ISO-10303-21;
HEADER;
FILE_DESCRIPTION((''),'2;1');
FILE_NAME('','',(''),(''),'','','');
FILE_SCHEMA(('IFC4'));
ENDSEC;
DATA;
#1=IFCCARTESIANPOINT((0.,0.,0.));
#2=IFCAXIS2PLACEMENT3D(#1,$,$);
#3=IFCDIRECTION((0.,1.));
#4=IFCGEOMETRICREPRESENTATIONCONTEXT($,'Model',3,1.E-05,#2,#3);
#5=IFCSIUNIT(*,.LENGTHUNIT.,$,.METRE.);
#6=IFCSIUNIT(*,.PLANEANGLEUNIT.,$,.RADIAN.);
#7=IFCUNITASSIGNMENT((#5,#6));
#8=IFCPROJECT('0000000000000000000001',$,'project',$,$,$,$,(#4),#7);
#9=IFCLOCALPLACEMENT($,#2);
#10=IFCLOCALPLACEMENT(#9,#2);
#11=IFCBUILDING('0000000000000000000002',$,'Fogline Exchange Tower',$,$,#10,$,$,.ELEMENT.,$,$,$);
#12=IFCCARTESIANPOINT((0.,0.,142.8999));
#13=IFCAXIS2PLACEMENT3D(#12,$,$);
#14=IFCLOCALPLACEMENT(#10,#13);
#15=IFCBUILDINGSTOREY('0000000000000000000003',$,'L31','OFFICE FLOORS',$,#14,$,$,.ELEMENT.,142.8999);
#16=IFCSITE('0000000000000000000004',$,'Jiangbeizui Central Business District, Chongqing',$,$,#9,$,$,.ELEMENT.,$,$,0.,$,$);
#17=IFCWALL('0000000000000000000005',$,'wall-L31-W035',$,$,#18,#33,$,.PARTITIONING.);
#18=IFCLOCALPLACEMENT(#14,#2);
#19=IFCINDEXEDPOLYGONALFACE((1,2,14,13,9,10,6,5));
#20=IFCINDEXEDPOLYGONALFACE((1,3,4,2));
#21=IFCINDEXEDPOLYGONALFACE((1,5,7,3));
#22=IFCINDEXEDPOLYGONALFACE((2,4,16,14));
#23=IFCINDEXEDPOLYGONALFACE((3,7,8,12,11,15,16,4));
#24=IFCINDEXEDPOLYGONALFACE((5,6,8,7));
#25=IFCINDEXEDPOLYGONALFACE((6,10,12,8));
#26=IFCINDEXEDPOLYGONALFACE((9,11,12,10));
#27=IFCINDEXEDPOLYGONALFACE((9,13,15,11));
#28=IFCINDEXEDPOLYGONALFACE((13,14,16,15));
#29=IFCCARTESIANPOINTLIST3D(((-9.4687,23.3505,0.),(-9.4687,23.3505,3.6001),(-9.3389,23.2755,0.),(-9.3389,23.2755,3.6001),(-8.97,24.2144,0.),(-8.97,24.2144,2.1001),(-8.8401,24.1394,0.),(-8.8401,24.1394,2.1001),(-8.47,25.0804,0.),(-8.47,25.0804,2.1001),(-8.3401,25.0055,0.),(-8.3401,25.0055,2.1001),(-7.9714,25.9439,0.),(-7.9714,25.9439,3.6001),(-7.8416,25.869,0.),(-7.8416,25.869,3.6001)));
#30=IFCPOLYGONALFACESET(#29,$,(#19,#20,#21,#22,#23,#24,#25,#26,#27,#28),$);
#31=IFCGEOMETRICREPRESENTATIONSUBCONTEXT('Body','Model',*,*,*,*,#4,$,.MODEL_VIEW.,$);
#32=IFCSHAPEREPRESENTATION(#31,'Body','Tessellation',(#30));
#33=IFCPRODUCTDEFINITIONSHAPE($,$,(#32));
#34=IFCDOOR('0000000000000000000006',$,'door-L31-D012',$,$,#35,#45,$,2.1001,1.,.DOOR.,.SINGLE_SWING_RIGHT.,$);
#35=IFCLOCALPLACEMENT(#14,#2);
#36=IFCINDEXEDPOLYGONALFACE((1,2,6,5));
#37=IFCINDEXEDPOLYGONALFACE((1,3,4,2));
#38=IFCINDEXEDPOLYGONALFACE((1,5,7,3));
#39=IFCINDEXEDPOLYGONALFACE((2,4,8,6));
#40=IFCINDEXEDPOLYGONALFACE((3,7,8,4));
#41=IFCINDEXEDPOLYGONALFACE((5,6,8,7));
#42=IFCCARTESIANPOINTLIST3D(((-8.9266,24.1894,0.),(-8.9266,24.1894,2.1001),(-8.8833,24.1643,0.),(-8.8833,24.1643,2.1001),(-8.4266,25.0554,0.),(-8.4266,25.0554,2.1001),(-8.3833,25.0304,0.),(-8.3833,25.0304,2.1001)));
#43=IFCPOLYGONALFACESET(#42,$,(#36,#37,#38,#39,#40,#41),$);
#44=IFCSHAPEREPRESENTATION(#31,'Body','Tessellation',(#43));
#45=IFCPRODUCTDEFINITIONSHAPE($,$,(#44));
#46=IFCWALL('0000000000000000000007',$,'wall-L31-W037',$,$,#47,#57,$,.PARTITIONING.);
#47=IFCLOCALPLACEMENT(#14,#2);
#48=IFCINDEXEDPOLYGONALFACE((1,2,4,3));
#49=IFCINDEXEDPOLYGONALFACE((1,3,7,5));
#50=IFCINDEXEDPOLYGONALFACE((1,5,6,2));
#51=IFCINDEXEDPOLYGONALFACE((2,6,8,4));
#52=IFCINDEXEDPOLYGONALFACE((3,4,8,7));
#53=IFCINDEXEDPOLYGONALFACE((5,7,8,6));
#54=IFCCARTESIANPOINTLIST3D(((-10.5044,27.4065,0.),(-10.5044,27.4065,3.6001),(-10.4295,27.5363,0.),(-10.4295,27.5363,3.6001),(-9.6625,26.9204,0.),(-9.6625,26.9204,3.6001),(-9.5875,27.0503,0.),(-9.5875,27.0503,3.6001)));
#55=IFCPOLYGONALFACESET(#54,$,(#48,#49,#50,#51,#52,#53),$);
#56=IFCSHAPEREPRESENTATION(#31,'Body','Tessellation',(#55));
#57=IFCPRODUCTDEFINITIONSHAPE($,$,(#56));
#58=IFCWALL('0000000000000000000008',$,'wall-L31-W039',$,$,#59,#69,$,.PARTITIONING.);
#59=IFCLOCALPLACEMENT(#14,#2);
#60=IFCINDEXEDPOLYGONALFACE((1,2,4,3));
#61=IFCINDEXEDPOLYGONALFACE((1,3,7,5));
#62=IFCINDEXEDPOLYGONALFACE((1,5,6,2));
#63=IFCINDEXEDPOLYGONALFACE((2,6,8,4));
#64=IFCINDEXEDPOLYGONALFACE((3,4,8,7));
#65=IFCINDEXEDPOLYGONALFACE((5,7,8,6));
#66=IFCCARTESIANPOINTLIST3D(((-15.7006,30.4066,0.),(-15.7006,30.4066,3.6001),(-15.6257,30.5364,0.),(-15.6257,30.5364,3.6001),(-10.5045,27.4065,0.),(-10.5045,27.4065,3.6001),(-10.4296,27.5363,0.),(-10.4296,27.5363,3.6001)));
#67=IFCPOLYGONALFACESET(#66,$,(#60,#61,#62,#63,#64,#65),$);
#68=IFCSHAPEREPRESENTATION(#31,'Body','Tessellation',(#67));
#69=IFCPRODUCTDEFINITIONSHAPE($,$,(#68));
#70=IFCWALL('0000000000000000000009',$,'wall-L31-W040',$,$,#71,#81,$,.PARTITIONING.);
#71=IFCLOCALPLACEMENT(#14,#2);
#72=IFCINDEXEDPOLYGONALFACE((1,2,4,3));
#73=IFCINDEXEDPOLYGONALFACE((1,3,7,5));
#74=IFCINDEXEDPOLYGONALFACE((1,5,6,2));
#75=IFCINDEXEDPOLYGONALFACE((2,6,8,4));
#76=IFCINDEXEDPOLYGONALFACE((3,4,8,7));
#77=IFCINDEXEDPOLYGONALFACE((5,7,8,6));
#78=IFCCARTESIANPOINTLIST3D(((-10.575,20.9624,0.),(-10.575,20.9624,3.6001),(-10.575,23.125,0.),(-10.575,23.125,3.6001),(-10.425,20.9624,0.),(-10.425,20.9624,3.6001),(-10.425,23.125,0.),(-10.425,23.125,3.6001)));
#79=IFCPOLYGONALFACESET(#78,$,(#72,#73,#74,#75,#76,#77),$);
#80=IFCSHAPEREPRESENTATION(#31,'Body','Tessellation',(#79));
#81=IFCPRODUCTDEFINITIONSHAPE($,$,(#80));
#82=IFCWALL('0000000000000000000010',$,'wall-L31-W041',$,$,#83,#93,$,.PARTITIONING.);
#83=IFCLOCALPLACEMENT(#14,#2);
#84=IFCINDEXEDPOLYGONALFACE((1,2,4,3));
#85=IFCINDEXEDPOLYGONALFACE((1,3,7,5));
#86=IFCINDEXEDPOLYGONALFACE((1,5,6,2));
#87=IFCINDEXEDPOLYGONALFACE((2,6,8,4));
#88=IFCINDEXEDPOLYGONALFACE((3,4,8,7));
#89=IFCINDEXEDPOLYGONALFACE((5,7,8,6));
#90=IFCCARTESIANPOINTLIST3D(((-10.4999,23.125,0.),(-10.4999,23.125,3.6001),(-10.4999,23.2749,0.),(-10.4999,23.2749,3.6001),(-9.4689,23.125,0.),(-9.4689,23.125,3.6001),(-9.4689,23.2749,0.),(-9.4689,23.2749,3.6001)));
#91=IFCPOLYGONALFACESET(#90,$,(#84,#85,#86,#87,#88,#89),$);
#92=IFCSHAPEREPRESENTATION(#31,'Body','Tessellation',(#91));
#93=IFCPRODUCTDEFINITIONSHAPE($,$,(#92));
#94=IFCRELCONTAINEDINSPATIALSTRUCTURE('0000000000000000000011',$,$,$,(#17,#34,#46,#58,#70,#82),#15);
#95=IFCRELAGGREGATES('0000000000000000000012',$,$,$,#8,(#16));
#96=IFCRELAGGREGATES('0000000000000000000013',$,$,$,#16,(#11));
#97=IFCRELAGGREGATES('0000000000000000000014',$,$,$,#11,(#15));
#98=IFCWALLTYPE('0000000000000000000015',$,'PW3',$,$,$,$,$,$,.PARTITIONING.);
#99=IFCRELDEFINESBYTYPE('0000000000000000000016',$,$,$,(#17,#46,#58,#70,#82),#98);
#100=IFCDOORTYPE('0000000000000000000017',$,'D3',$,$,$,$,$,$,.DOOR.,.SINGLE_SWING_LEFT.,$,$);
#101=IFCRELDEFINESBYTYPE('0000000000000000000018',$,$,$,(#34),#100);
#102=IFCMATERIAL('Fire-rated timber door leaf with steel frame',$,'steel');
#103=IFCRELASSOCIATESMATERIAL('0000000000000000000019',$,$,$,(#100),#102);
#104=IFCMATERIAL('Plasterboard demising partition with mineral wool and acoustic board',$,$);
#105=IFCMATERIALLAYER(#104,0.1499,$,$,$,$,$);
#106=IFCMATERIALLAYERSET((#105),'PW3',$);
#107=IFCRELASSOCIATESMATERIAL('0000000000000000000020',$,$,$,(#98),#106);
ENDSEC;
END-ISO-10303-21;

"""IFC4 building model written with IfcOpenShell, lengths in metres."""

from ifc_helpers import new_model, si_unit, direction, frame, frame_2d, origin, place, context, subcontext, project, spatial, rectangle, extrude, material, layer, layer_set, type_object, element, fill, save


model = new_model("IFC4")

# Units and contexts
model_context = context("Model", 3, precision=1e-05, world=origin(), true_north=direction((0.0, 1.0)))
body_context = subcontext(model_context, "Body", "Model", "MODEL_VIEW")
ifc_project = project(units=[si_unit("LENGTHUNIT", "METRE"), si_unit("PLANEANGLEUNIT", "RADIAN")], contexts=[model_context])

# Site, building, storey
site_placement = place(None, origin())
site = spatial("IfcSite", under=ifc_project, at=site_placement, Name="Jiangbeizui Central Business District, Chongqing", CompositionType="ELEMENT", RefElevation=0.0)
building_placement = place(site_placement, origin())
building = spatial("IfcBuilding", under=site, at=building_placement, Name="Fogline Exchange Tower", CompositionType="ELEMENT")
storey_placement = place(building_placement, frame((0.0, 0.0, 142.8999)))
storey = spatial("IfcBuildingStorey", under=building, at=storey_placement, Name="L31", Description="OFFICE FLOORS", CompositionType="ELEMENT", Elevation=142.8999)

# Wall, opening, door
ifc_material_1 = material(Name="Fire-rated timber door leaf with steel frame", Category="steel")
door_type = type_object("IfcDoorType", Name="D3", OperationType="SINGLE_SWING_LEFT", PredefinedType="DOOR", material=ifc_material_1)
ifc_material_2 = material(Name="Plasterboard demising partition with mineral wool and acoustic board")
ifc_layer_1 = layer(ifc_material_2, 0.1499)
ifc_layer_set_1 = layer_set([ifc_layer_1], Name="PW3")
wall_type_1 = type_object("IfcWallType", Name="PW3", PredefinedType="PARTITIONING", material=ifc_layer_set_1)
wall_1_placement = place(storey_placement, frame((-9.4038, 23.313, 0.0), z_axis=(0.0, 0.0, 1.0), x_axis=(0.499988, 0.866032, 0.0)))
wall_1 = element("IfcWall", 1, at=wall_1_placement, inside=storey, type_object=wall_type_1, Name="wall-L31-W035", PredefinedType="PARTITIONING", context=body_context, shape_type="SweptSolid", body=[
    extrude(rectangle(XDim=2.9946, YDim=0.1499, at=frame_2d((1.4973, 0.0))), origin(), (0.0, 0.0, 1.0), 3.6001),
])
opening_1_placement = place(wall_1_placement, frame((0.9976, 0.0, 0.0)))
opening_1 = element("IfcOpeningElement", 2, at=opening_1_placement, cuts=wall_1, PredefinedType="OPENING", context=body_context, shape_type="SweptSolid", body=[
    extrude(rectangle(XDim=1.0, YDim=2.1001, at=frame_2d((0.5, 1.05))), frame((0.0, 0.085, 0.0), z_axis=(0.0, -1.0, 0.0), x_axis=(1.0, 0.0, 0.0)), (0.0, 0.0, 1.0), 0.1699),
])
door_1_placement = place(opening_1_placement, origin())
door_1 = element("IfcDoor", 3, at=door_1_placement, inside=storey, type_object=door_type, Name="door-L31-D012", OperationType="SINGLE_SWING_RIGHT", OverallHeight=2.1001, OverallWidth=1.0, PredefinedType="DOOR", context=body_context, shape_type="SweptSolid", body=[
    extrude(rectangle(XDim=1.0, YDim=2.1001, at=frame_2d((0.5, 1.05))), frame((0.0, 0.0249, 0.0), z_axis=(0.0, -1.0, 0.0), x_axis=(1.0, 0.0, 0.0)), (0.0, 0.0, 1.0), 0.05),
])
fill(opening_1, door_1)

# Walls
wall_2_placement = place(storey_placement, frame((-9.625, 26.9854, 0.0), z_axis=(0.0, 0.0, 1.0), x_axis=(-0.866056, 0.499947, 0.0)))
element("IfcWall", 4, at=wall_2_placement, inside=storey, type_object=wall_type_1, Name="wall-L31-W037", PredefinedType="PARTITIONING", context=body_context, shape_type="SweptSolid", body=[
    extrude(rectangle(XDim=0.9722, YDim=0.1499, at=frame_2d((0.4861, 0.0))), origin(), (0.0, 0.0, 1.0), 3.6001),
])
wall_3_placement = place(storey_placement, frame((-10.467, 27.4714, 0.0), z_axis=(0.0, 0.0, 1.0), x_axis=(-0.866021, 0.500008, 0.0)))
element("IfcWall", 5, at=wall_3_placement, inside=storey, type_object=wall_type_1, Name="wall-L31-W039", PredefinedType="PARTITIONING", context=body_context, shape_type="SweptSolid", body=[
    extrude(rectangle(XDim=6.0, YDim=0.1499, at=frame_2d((3.0, 0.0))), origin(), (0.0, 0.0, 1.0), 3.6001),
])
wall_4_placement = place(storey_placement, frame((-10.5, 20.9624, 0.0), z_axis=(0.0, 0.0, 1.0), x_axis=(0.0, 1.0, 0.0)))
element("IfcWall", 6, at=wall_4_placement, inside=storey, type_object=wall_type_1, Name="wall-L31-W040", PredefinedType="PARTITIONING", context=body_context, shape_type="SweptSolid", body=[
    extrude(rectangle(XDim=2.1626, YDim=0.1499, at=frame_2d((1.0813, 0.0))), origin(), (0.0, 0.0, 1.0), 3.6001),
])
wall_5_placement = place(storey_placement, frame((-10.5, 23.2, 0.0), z_axis=(0.0, 0.0, 1.0), x_axis=(1.0, 0.0, 0.0)))
element("IfcWall", 7, at=wall_5_placement, inside=storey, type_object=wall_type_1, Name="wall-L31-W041", PredefinedType="PARTITIONING", context=body_context, shape_type="SweptSolid", body=[
    extrude(rectangle(XDim=1.031, YDim=0.1499, at=frame_2d((0.5156, 0.0))), origin(), (0.0, 0.0, 1.0), 3.6001),
])

save(model, "model.ifc")
